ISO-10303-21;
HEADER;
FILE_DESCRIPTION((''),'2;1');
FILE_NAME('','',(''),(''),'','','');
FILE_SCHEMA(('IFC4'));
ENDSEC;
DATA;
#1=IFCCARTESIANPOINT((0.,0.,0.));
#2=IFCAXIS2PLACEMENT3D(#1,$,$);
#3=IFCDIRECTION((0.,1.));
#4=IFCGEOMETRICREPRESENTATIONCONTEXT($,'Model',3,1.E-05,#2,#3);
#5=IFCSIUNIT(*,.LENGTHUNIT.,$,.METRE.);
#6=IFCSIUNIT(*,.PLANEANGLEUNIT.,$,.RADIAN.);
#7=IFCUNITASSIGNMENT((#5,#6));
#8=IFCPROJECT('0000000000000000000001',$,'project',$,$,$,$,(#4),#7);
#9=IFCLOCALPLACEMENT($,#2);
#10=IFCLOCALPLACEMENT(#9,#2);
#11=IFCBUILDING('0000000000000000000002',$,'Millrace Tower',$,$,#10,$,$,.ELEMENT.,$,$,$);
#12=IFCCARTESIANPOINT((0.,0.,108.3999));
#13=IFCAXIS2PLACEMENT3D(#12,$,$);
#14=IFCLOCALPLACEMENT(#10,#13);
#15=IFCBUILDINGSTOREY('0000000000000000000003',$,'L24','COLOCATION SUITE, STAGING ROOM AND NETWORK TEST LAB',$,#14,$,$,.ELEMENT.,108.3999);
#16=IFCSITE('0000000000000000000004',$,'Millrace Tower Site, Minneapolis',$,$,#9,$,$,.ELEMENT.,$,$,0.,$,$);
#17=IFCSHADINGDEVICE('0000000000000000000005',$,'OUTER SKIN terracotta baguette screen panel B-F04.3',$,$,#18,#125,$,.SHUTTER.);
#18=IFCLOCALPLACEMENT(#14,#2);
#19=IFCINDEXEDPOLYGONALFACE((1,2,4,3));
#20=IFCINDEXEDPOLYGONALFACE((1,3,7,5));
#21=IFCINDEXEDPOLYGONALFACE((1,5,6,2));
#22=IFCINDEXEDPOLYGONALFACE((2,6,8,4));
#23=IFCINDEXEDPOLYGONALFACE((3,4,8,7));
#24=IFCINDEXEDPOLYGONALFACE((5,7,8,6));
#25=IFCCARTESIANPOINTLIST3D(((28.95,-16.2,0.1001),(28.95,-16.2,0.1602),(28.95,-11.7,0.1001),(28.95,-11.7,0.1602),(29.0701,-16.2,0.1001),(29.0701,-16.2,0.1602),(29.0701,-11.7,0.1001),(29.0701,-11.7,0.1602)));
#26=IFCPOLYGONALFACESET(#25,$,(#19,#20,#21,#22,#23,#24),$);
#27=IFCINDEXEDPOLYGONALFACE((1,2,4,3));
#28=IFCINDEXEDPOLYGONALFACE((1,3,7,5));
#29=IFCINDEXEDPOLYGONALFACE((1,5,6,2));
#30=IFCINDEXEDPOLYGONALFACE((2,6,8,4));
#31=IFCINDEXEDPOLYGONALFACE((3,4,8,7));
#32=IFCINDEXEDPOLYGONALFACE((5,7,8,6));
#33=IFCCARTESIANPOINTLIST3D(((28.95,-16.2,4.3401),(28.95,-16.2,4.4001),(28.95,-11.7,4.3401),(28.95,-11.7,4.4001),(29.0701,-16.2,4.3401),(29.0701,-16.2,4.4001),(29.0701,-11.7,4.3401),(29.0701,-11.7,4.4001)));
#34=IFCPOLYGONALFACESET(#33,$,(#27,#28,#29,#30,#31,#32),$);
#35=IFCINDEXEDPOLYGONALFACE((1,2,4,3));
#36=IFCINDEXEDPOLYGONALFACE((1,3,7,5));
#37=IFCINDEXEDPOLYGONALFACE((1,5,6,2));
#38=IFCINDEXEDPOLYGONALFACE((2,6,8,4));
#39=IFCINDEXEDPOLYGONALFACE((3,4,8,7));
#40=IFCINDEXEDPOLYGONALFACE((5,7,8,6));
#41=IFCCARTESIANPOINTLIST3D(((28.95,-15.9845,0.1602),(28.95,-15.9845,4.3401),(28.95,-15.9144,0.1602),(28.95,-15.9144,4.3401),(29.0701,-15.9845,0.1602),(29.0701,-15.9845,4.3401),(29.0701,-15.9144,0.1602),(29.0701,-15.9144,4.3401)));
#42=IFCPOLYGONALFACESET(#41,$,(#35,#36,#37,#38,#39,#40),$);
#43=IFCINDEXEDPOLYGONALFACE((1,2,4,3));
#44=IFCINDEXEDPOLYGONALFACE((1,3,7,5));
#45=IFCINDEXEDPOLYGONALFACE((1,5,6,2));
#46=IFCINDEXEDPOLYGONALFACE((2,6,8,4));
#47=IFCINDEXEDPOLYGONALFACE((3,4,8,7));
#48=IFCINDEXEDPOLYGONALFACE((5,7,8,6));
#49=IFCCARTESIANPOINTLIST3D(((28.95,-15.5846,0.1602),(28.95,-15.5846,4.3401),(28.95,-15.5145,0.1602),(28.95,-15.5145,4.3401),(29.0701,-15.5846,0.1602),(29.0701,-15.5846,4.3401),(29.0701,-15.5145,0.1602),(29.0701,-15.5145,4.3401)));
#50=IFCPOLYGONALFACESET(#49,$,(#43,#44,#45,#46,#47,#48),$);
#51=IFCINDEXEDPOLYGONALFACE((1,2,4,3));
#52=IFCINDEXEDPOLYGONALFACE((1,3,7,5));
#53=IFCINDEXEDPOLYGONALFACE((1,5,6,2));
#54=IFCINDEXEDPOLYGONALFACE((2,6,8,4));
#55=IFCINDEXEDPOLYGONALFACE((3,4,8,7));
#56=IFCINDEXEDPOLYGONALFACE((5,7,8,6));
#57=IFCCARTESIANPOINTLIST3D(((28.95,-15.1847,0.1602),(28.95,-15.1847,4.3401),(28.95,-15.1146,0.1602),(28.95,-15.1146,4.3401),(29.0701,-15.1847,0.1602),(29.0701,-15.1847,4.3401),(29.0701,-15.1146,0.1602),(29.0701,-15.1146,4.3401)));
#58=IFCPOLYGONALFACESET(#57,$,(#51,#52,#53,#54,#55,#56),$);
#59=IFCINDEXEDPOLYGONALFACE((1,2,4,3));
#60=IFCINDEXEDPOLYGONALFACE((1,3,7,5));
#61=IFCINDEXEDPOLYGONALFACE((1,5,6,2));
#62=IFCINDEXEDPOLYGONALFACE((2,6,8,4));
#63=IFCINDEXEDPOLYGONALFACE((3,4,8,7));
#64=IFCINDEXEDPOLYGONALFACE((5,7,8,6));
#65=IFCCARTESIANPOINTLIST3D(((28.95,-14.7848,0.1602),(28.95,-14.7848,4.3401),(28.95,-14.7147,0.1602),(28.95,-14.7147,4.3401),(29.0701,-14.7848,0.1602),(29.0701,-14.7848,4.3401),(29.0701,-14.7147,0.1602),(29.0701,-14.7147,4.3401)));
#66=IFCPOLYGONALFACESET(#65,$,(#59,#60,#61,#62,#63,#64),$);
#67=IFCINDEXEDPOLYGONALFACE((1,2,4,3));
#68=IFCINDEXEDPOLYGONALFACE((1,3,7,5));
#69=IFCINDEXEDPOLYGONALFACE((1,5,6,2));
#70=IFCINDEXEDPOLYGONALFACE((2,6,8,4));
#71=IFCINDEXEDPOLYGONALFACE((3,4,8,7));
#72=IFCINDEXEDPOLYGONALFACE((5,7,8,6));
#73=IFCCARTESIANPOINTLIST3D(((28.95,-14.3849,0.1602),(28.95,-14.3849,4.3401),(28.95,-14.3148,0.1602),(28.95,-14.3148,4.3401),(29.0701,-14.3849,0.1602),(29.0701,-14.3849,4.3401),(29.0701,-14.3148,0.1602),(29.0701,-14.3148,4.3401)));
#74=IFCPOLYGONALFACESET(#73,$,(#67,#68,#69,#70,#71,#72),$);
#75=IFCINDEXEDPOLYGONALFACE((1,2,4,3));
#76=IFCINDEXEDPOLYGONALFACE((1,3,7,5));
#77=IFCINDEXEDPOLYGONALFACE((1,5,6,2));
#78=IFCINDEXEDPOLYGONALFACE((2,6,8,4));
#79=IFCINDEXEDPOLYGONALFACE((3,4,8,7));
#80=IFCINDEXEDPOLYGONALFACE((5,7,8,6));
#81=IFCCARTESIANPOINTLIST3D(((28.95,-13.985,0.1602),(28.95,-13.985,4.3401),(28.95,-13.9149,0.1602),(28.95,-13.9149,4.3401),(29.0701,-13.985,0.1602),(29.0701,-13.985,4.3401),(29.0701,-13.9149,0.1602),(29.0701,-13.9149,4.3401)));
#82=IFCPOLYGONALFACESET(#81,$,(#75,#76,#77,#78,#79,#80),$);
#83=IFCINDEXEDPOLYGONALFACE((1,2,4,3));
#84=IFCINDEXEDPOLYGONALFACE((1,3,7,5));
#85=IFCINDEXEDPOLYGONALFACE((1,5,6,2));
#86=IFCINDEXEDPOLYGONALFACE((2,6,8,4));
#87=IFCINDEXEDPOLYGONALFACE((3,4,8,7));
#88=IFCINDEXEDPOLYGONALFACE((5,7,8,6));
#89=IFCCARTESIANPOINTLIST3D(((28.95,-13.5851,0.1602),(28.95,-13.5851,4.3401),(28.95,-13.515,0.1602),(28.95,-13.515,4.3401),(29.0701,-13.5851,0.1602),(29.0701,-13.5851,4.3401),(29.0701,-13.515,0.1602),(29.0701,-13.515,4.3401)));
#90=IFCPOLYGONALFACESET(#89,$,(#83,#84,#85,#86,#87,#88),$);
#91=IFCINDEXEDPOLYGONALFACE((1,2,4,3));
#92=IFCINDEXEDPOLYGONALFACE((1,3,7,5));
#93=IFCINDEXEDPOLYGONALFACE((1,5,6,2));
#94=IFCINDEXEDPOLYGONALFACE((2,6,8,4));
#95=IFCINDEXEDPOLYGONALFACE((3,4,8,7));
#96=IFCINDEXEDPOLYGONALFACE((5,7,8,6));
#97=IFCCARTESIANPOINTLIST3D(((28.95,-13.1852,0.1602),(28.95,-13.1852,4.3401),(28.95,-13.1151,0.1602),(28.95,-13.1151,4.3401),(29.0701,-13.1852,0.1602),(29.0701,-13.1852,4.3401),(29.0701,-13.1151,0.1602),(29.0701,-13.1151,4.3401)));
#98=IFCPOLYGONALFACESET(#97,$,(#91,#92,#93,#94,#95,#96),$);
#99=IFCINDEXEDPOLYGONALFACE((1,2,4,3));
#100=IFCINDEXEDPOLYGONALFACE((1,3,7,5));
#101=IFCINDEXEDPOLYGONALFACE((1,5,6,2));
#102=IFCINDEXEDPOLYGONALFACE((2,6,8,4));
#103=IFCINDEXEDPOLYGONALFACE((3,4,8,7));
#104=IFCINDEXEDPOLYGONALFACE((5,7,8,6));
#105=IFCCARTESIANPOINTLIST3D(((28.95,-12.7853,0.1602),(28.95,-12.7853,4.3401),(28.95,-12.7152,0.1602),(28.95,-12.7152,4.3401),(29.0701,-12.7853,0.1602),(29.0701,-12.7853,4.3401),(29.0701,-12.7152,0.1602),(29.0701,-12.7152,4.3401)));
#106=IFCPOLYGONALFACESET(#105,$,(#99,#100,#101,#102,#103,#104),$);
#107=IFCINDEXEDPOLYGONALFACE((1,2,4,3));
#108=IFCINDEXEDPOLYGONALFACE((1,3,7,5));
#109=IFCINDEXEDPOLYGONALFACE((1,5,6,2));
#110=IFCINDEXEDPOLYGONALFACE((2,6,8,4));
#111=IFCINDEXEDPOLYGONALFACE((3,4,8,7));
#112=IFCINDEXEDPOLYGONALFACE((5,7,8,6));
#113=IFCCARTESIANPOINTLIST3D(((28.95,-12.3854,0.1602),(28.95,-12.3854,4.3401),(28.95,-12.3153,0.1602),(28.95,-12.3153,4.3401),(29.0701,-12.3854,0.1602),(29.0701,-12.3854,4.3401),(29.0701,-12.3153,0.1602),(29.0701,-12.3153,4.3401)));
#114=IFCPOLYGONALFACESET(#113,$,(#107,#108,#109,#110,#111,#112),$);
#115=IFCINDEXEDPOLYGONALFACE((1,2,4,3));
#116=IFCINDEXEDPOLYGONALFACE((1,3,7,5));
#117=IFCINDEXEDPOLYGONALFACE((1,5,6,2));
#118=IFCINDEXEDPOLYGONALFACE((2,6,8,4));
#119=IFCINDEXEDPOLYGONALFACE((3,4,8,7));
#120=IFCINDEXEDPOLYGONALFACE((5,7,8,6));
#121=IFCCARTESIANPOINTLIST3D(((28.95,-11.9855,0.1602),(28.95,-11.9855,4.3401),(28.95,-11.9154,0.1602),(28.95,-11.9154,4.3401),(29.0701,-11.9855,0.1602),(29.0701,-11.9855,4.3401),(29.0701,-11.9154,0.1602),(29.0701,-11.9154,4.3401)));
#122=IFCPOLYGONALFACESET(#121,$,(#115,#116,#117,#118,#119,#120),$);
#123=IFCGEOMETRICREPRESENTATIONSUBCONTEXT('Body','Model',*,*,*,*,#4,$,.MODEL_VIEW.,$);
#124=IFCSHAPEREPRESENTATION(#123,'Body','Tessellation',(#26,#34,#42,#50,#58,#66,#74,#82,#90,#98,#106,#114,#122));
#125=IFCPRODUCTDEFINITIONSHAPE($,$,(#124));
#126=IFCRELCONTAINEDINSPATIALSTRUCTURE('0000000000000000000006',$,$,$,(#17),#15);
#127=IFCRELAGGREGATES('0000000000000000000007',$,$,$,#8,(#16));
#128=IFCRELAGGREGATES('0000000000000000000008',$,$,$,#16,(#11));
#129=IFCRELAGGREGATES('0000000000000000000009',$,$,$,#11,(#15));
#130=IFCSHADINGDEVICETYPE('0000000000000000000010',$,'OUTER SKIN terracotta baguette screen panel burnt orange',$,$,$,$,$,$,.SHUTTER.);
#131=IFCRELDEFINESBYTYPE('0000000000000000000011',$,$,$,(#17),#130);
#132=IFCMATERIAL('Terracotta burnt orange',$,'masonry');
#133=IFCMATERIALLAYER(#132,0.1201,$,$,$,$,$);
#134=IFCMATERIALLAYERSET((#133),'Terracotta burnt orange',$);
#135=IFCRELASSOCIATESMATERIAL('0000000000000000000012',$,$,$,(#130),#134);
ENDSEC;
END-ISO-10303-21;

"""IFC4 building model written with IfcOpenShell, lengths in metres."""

from ifc_helpers import new_model, entity, si_unit, direction, frame, frame_2d, origin, origin_2d, place, context, subcontext, project, spatial, rectangle, extrude, source, transform, mapped, material, layer, layer_set, type_object, element, save


model = new_model("IFC4")

# Units and contexts
model_context = context("Model", 3, precision=1e-05, world=origin(), true_north=direction((0.0, 1.0)))
body_context = subcontext(model_context, "Body", "Model", "MODEL_VIEW")
ifc_project = project(units=[si_unit("LENGTHUNIT", "METRE"), si_unit("PLANEANGLEUNIT", "RADIAN")], contexts=[model_context])

# Site, building, storey
site_placement = place(None, origin())
site = spatial("IfcSite", under=ifc_project, at=site_placement, Name="Millrace Tower Site, Minneapolis", CompositionType="ELEMENT", RefElevation=0.0)
building_placement = place(site_placement, origin())
building = spatial("IfcBuilding", under=site, at=building_placement, Name="Millrace Tower", CompositionType="ELEMENT")
storey_placement = place(building_placement, frame((0.0, 0.0, 108.3999)))
storey = spatial("IfcBuildingStorey", under=building, at=storey_placement, Name="L24", Description="COLOCATION SUITE, STAGING ROOM AND NETWORK TEST LAB", CompositionType="ELEMENT", Elevation=108.3999)

# Shading device
ifc_material_1 = material(Name="Terracotta burnt orange", Category="masonry")
ifc_layer_1 = layer(ifc_material_1, 0.1201)
ifc_layer_set_1 = layer_set([ifc_layer_1], Name="Terracotta burnt orange")
shading_device_type = type_object("IfcShadingDeviceType", Name="OUTER SKIN terracotta baguette screen panel burnt orange", PredefinedType="SHUTTER", material=ifc_layer_set_1)
cartesian_point_1 = entity("IfcCartesianPoint", [-2.25, 0.0601])
shared_polyline_1 = entity("IfcPolyline", [cartesian_point_1, entity("IfcCartesianPoint", [2.25, 0.0601]), entity("IfcCartesianPoint", [2.25, -0.0601]), entity("IfcCartesianPoint", [-2.25, -0.0601]), cartesian_point_1])
shared_shape_1 = source(origin(), body_context, "Body", "SweptSolid", [
    entity("IfcExtrudedAreaSolid", entity("IfcArbitraryClosedProfileDef", "AREA", None, shared_polyline_1), entity("IfcAxis2Placement3D", entity("IfcCartesianPoint", [0.0, 0.0, 0.0])), entity("IfcDirection", [0.0, 0.0, 1.0]), 0.0601),
    entity("IfcExtrudedAreaSolid", entity("IfcArbitraryClosedProfileDef", "AREA", None, shared_polyline_1), entity("IfcAxis2Placement3D", entity("IfcCartesianPoint", [0.0, 0.0, 4.24])), entity("IfcDirection", [0.0, 0.0, 1.0]), 0.0601),
    extrude(rectangle(XDim=0.0701, YDim=0.1201, at=frame_2d((-1.9995, 0.0))), frame((0.0, 0.0, 0.0601)), (0.0, 0.0, 1.0), 4.1799),
    extrude(rectangle(XDim=0.0701, YDim=0.1201, at=frame_2d((-1.5996, 0.0))), frame((0.0, 0.0, 0.0601)), (0.0, 0.0, 1.0), 4.1799),
    extrude(rectangle(XDim=0.0701, YDim=0.1201, at=frame_2d((-1.1997, 0.0))), frame((0.0, 0.0, 0.0601)), (0.0, 0.0, 1.0), 4.1799),
    extrude(rectangle(XDim=0.0701, YDim=0.1201, at=frame_2d((-0.7998, 0.0))), frame((0.0, 0.0, 0.0601)), (0.0, 0.0, 1.0), 4.1799),
    extrude(rectangle(XDim=0.0701, YDim=0.1201, at=frame_2d((-0.3999, 0.0))), frame((0.0, 0.0, 0.0601)), (0.0, 0.0, 1.0), 4.1799),
    extrude(rectangle(XDim=0.0701, YDim=0.1201, at=origin_2d()), frame((0.0, 0.0, 0.0601)), (0.0, 0.0, 1.0), 4.1799),
    extrude(rectangle(XDim=0.0701, YDim=0.1201, at=frame_2d((0.3999, 0.0))), frame((0.0, 0.0, 0.0601)), (0.0, 0.0, 1.0), 4.1799),
    extrude(rectangle(XDim=0.0701, YDim=0.1201, at=frame_2d((0.7998, 0.0))), frame((0.0, 0.0, 0.0601)), (0.0, 0.0, 1.0), 4.1799),
    extrude(rectangle(XDim=0.0701, YDim=0.1201, at=frame_2d((1.1997, 0.0))), frame((0.0, 0.0, 0.0601)), (0.0, 0.0, 1.0), 4.1799),
    extrude(rectangle(XDim=0.0701, YDim=0.1201, at=frame_2d((1.5996, 0.0))), frame((0.0, 0.0, 0.0601)), (0.0, 0.0, 1.0), 4.1799),
    extrude(rectangle(XDim=0.0701, YDim=0.1201, at=frame_2d((1.9995, 0.0))), frame((0.0, 0.0, 0.0601)), (0.0, 0.0, 1.0), 4.1799),
])
for number, where, z_axis, x_axis, name in (
    (1, (29.01, -13.95, 0.1001), (0.0, 0.0, 1.0), (0.0, 1.0, 0.0), "OUTER SKIN terracotta baguette screen panel B-F04.3"),
):
    element("IfcShadingDevice", number, at=place(storey_placement, frame(where, z_axis=z_axis, x_axis=x_axis)), inside=storey, type_object=shading_device_type, Name=name, PredefinedType="SHUTTER", context=body_context, shape_type="MappedRepresentation", body=[
        mapped(shared_shape_1, transform((0.0, 0.0, 0.0), scale=1.0)),
    ])

save(model, "model.ifc")
